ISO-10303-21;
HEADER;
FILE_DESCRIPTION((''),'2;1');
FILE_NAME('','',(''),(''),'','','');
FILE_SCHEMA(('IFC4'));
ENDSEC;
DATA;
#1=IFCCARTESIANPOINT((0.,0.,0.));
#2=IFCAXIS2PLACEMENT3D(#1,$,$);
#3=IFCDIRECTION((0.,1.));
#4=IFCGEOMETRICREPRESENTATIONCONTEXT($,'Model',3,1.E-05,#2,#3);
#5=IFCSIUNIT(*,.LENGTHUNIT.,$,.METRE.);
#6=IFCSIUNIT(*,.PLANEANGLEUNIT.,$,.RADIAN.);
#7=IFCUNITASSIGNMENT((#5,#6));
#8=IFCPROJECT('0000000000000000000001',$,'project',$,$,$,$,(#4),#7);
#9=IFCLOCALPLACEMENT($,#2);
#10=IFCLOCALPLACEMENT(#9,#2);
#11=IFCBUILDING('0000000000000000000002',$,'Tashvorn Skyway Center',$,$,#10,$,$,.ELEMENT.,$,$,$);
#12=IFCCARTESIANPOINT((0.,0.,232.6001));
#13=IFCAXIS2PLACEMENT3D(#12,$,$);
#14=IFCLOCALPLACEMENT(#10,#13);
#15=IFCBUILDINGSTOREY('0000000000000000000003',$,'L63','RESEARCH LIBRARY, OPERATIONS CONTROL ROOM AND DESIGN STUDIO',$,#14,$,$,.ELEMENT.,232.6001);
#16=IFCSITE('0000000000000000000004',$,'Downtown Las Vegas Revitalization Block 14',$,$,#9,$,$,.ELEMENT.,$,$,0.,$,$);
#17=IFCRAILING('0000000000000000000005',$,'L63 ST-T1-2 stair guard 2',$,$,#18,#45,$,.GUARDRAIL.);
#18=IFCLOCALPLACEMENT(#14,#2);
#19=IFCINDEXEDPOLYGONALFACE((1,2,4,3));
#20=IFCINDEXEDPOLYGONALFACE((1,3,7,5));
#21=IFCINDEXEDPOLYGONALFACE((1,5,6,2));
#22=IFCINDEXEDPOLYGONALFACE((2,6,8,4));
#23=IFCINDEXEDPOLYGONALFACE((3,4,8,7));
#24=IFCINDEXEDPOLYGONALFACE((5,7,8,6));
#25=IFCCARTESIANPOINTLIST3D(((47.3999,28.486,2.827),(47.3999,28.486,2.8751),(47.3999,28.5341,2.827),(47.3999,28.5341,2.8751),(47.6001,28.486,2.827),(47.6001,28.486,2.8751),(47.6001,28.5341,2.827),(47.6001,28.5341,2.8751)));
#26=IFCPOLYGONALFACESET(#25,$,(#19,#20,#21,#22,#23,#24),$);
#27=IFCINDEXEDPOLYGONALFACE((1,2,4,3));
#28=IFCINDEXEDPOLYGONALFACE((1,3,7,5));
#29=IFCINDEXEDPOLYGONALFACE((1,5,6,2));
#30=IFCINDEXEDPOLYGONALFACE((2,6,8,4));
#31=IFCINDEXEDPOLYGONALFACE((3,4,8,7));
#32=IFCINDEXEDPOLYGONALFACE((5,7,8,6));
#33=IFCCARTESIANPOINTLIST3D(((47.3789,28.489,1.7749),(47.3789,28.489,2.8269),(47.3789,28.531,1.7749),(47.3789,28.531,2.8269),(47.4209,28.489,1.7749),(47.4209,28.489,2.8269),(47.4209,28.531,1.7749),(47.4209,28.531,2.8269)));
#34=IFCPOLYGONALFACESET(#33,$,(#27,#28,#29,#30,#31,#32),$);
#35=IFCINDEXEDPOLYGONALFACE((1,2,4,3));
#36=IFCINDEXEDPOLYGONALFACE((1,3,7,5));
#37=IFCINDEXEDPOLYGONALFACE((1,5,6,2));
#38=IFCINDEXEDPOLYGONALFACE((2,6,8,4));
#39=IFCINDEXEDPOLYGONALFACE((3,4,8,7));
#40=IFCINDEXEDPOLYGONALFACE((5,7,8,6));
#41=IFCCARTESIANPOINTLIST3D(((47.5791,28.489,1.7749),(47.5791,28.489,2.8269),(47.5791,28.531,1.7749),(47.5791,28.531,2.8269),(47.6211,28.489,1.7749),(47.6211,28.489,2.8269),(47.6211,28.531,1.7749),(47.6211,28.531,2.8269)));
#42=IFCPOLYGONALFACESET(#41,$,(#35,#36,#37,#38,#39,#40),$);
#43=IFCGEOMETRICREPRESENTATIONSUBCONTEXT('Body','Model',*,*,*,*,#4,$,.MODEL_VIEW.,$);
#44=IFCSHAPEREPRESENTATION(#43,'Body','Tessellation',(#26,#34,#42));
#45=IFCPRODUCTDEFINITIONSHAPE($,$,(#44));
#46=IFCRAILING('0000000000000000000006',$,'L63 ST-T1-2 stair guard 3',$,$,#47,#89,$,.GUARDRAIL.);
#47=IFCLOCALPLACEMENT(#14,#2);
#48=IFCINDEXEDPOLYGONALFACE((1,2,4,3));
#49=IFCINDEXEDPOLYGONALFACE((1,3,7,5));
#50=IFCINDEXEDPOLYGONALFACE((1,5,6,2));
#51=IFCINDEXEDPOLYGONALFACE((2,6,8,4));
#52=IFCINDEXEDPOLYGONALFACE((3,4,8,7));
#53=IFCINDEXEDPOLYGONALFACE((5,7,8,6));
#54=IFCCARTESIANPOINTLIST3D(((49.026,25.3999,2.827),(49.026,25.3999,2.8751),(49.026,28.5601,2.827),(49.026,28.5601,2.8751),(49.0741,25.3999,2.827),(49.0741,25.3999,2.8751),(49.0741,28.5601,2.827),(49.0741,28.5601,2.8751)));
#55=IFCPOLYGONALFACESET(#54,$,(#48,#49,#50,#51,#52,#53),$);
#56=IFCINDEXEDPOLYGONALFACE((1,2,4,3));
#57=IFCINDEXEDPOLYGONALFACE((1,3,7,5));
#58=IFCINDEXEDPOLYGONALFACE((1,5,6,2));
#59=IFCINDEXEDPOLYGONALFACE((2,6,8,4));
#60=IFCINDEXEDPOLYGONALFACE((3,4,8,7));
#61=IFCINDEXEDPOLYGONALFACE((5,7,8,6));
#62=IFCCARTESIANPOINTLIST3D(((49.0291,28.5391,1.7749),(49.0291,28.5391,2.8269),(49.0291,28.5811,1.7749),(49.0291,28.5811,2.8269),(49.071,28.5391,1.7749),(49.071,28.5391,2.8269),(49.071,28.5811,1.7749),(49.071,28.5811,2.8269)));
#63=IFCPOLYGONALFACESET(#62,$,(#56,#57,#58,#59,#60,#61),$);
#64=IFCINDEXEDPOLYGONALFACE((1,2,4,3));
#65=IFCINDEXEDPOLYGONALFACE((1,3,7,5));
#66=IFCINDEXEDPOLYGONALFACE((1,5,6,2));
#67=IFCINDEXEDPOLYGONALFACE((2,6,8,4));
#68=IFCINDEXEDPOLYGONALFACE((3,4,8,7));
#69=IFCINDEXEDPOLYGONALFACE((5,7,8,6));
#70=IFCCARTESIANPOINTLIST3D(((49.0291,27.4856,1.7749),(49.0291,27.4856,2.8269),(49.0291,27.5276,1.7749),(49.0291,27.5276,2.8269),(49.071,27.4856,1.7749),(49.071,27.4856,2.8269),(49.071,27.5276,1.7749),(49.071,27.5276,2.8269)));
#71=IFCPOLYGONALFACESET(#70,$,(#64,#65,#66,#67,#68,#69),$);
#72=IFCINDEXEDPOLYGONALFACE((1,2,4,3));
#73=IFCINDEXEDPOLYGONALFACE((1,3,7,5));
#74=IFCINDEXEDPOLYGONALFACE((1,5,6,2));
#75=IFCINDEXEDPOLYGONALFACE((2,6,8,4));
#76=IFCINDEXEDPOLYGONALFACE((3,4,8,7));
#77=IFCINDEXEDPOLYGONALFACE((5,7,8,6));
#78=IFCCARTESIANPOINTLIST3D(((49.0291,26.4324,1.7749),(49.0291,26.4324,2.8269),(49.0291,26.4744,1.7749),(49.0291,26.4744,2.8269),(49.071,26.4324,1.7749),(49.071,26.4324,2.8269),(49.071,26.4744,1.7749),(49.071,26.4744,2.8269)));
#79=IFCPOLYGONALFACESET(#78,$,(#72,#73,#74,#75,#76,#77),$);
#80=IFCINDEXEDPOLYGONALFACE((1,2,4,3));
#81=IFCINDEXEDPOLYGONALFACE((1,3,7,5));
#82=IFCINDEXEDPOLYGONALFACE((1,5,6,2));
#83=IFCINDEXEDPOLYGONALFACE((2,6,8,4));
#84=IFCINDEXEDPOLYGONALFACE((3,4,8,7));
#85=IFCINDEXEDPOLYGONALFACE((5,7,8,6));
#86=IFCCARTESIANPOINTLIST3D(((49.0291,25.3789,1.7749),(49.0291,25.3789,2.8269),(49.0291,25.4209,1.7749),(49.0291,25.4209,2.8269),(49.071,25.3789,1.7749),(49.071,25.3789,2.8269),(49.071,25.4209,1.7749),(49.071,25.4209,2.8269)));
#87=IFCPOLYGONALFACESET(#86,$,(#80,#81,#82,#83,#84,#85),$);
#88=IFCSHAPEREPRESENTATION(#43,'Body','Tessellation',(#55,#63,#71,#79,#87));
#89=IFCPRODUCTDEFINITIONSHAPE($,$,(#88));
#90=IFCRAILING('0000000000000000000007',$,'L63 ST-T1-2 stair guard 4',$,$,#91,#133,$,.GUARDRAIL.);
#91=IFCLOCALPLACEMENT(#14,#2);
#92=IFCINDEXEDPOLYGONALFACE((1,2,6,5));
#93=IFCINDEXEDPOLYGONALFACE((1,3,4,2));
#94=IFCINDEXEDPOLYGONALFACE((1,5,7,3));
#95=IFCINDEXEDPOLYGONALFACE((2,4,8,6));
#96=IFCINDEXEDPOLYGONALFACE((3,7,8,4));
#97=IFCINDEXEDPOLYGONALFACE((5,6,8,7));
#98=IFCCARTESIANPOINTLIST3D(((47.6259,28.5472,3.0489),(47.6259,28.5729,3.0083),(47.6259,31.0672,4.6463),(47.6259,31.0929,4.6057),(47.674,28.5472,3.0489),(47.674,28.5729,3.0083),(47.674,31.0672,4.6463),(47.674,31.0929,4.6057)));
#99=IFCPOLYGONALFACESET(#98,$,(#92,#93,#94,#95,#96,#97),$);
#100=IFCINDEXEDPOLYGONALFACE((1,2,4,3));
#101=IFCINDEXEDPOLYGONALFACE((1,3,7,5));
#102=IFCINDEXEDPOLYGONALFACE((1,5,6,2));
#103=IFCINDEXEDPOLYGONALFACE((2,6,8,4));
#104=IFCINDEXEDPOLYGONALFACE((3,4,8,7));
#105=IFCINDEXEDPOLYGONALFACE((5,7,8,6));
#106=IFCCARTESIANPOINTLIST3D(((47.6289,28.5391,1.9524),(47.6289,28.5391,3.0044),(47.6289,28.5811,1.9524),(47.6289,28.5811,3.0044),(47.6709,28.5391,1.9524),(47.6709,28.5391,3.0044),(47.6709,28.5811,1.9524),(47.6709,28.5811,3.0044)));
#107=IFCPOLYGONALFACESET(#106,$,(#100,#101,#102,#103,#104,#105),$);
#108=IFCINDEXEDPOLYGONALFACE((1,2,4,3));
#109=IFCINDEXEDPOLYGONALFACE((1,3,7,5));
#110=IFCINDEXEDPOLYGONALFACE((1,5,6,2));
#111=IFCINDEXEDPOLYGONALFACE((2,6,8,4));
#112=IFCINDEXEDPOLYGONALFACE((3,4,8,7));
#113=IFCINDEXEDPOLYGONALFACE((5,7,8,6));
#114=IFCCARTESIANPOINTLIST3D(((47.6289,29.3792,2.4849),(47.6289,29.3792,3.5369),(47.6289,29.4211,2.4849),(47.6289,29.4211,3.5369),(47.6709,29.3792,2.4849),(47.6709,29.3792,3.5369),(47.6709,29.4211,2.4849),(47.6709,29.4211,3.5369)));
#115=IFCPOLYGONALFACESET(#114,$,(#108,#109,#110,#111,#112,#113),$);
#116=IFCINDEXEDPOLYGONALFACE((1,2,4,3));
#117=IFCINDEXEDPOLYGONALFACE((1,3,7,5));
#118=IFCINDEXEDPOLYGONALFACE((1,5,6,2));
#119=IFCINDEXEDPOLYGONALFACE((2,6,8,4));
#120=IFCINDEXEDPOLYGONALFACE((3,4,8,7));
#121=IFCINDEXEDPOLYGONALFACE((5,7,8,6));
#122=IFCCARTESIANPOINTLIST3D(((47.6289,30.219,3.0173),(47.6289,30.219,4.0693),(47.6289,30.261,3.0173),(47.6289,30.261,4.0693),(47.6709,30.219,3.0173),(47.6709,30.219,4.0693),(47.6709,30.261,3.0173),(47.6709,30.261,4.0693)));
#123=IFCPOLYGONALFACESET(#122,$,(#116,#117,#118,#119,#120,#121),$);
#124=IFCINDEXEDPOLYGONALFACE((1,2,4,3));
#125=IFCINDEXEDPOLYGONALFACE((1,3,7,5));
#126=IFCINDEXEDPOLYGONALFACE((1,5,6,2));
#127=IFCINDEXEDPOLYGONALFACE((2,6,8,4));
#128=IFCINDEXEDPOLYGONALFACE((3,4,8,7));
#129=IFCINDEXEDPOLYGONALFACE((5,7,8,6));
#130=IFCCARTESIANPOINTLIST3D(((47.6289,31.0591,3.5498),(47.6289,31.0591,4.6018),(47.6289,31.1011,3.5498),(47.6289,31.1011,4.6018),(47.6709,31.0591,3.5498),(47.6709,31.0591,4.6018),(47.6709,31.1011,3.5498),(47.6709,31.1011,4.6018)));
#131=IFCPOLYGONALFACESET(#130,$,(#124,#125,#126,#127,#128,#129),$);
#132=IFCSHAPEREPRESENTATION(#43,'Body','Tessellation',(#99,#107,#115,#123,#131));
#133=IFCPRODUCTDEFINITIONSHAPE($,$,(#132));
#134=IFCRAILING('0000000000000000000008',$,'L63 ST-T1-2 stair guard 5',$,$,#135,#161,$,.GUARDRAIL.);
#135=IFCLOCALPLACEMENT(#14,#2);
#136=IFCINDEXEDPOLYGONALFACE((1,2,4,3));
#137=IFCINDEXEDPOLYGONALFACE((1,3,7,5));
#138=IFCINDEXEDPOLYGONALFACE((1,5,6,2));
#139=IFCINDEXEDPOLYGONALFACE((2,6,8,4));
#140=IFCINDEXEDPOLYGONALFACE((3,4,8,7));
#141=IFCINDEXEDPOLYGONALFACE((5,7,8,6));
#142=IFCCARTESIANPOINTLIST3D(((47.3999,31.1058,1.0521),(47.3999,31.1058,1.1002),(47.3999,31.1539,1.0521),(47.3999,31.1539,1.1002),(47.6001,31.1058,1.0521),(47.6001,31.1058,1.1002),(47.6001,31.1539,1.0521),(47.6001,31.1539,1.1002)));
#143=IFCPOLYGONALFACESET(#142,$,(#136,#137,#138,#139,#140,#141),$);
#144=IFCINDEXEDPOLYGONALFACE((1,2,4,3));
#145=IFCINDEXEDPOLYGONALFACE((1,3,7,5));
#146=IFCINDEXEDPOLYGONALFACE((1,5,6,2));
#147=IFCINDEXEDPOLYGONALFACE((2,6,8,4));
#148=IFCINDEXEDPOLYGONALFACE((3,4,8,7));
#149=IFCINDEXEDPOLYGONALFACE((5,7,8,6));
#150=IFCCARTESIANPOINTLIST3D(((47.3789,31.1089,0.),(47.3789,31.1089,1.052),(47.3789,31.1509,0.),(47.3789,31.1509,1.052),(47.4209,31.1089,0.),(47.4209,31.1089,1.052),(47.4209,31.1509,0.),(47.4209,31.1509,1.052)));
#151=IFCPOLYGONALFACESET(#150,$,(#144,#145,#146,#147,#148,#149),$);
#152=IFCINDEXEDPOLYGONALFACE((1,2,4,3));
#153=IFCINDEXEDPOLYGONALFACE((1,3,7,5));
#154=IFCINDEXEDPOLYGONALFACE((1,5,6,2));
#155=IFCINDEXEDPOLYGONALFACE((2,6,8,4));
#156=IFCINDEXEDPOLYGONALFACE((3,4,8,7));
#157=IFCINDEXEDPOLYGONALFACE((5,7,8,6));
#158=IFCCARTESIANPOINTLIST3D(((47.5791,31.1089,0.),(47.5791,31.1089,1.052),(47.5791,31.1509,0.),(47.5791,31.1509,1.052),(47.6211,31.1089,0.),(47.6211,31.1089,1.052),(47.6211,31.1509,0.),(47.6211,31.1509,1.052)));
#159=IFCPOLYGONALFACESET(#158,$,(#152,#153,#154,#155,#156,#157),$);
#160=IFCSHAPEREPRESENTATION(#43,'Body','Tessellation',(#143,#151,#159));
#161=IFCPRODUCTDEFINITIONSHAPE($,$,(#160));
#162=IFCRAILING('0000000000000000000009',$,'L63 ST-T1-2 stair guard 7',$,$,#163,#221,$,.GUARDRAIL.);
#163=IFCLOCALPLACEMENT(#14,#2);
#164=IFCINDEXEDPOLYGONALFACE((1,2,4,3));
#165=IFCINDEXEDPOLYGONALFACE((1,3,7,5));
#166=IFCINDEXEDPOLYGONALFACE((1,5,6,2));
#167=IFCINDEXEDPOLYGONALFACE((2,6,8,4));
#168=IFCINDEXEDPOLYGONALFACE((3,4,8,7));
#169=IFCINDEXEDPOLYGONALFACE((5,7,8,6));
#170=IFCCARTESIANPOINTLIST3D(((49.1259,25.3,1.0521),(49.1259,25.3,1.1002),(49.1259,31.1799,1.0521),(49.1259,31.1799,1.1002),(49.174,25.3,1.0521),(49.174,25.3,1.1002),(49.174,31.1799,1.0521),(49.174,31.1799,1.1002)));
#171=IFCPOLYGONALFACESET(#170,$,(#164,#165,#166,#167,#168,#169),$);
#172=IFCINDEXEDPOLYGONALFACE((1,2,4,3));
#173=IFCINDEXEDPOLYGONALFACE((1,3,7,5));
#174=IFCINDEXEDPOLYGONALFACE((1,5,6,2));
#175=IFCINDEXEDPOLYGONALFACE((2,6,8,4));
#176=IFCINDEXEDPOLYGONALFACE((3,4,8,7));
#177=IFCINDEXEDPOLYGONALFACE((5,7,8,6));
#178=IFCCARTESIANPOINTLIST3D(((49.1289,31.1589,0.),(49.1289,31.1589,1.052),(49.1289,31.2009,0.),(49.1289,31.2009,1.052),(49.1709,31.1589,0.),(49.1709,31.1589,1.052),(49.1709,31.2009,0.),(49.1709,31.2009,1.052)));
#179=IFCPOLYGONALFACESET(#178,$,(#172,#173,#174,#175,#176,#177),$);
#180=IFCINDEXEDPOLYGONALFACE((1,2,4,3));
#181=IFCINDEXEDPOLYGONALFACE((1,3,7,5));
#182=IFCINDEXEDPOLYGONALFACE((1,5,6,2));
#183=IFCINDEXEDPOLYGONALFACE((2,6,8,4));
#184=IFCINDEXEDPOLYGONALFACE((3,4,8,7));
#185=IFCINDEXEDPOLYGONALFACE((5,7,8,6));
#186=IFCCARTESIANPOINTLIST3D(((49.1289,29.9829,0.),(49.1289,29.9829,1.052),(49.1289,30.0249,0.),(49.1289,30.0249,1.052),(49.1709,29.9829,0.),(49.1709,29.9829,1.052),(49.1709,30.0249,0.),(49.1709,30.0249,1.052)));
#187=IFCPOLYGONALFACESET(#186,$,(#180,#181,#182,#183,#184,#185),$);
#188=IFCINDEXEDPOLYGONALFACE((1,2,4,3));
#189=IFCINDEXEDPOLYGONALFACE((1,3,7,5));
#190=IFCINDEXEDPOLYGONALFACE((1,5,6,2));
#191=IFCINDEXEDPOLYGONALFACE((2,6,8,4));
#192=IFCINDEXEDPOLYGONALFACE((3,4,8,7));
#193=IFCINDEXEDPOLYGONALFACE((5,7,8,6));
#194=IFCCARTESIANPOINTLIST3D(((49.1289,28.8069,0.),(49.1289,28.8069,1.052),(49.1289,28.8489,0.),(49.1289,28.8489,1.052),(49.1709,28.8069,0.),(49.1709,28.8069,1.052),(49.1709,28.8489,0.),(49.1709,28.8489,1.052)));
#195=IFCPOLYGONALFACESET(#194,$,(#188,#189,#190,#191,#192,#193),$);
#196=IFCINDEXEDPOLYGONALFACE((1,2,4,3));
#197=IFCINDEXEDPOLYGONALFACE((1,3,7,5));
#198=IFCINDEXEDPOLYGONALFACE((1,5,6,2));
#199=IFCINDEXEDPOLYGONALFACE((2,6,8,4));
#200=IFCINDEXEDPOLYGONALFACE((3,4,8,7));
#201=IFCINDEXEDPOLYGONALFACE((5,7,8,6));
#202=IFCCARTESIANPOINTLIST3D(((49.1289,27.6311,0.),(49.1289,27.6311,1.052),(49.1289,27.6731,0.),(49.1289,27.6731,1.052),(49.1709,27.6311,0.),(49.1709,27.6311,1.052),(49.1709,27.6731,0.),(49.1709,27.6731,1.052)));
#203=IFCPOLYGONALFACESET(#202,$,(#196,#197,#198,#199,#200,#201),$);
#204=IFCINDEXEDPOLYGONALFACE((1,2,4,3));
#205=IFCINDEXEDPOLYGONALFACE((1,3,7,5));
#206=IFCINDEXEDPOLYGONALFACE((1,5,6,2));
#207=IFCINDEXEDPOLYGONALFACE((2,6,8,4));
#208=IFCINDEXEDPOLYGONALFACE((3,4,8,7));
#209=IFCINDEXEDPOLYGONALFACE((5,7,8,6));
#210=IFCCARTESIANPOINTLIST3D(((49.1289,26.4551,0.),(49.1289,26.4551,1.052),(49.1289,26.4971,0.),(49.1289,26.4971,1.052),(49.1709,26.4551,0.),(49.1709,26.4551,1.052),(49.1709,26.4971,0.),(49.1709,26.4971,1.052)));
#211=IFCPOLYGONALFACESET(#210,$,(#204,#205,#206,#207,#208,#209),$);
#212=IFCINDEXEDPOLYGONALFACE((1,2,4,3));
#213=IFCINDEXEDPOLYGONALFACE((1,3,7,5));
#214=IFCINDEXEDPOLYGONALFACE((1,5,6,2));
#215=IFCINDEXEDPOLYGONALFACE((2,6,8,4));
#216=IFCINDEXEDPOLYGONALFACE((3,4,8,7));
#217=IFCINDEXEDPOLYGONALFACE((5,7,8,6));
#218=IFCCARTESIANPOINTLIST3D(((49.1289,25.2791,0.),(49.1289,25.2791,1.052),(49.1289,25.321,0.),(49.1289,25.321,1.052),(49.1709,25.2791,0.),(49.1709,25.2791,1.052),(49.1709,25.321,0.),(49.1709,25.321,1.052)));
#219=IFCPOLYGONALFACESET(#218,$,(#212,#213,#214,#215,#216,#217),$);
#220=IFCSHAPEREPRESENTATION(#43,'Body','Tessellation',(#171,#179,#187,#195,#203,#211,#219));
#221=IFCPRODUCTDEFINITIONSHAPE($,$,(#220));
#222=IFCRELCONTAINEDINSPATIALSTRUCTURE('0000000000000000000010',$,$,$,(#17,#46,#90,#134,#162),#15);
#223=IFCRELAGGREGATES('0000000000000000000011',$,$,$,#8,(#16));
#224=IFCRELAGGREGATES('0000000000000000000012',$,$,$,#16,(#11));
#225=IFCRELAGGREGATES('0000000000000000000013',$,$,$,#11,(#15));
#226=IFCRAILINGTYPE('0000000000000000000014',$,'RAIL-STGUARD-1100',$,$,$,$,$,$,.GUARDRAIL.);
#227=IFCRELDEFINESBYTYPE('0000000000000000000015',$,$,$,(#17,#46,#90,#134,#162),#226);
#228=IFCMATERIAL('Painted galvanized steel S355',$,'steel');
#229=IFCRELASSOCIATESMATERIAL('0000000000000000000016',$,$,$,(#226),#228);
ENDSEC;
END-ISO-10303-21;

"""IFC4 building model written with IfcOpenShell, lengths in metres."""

from ifc_helpers import new_model, si_unit, direction, frame, origin, origin_2d, place, context, subcontext, project, spatial, rectangle, extrude, material, type_object, element, save


model = new_model("IFC4")

# Units and contexts
model_context = context("Model", 3, precision=1e-05, world=origin(), true_north=direction((0.0, 1.0)))
body_context = subcontext(model_context, "Body", "Model", "MODEL_VIEW")
ifc_project = project(units=[si_unit("LENGTHUNIT", "METRE"), si_unit("PLANEANGLEUNIT", "RADIAN")], contexts=[model_context])

# Site, building, storey
site_placement = place(None, origin())
site = spatial("IfcSite", under=ifc_project, at=site_placement, Name="Downtown Las Vegas Revitalization Block 14", CompositionType="ELEMENT", RefElevation=0.0)
building_placement = place(site_placement, origin())
building = spatial("IfcBuilding", under=site, at=building_placement, Name="Tashvorn Skyway Center", CompositionType="ELEMENT")
storey_placement = place(building_placement, frame((0.0, 0.0, 232.6001)))
storey = spatial("IfcBuildingStorey", under=building, at=storey_placement, Name="L63", Description="RESEARCH LIBRARY, OPERATIONS CONTROL ROOM AND DESIGN STUDIO", CompositionType="ELEMENT", Elevation=232.6001)

# Railings
ifc_material_1 = material(Name="Painted galvanized steel S355", Category="steel")
railing_type_1 = type_object("IfcRailingType", Name="RAIL-STGUARD-1100", PredefinedType="GUARDRAIL", material=ifc_material_1)
railing_1_placement = place(storey_placement, frame((47.3999, 28.51, 1.7749)))
element("IfcRailing", 1, at=railing_1_placement, inside=storey, type_object=railing_type_1, Name="L63 ST-T1-2 stair guard 2", PredefinedType="GUARDRAIL", context=body_context, shape_type="SweptSolid", body=[
    extrude(rectangle(XDim=0.0481, YDim=0.0481, at=origin_2d()), frame((0.0, 0.0, 1.0762), z_axis=(1.0, 0.0, 0.0), x_axis=(0.0, 1.0, 0.0)), (0.0, 0.0, 1.0), 0.2002),
    extrude(rectangle(XDim=0.042, YDim=0.042, at=origin_2d()), origin(), (0.0, 0.0, 1.0), 1.052),
    extrude(rectangle(XDim=0.042, YDim=0.042, at=origin_2d()), frame((0.2002, 0.0, 0.0)), (0.0, 0.0, 1.0), 1.052),
])
railing_2_placement = place(storey_placement, frame((49.05, 28.5601, 1.7749)))
element("IfcRailing", 2, at=railing_2_placement, inside=storey, type_object=railing_type_1, Name="L63 ST-T1-2 stair guard 3", PredefinedType="GUARDRAIL", context=body_context, shape_type="SweptSolid", body=[
    extrude(rectangle(XDim=0.0481, YDim=0.0481, at=origin_2d()), frame((0.0, 0.0, 1.0762), z_axis=(0.0, -1.0, 0.0), x_axis=(1.0, 0.0, 0.0)), (0.0, 0.0, 1.0), 3.1602),
    extrude(rectangle(XDim=0.042, YDim=0.042, at=origin_2d()), origin(), (0.0, 0.0, 1.0), 1.052),
    extrude(rectangle(XDim=0.042, YDim=0.042, at=origin_2d()), frame((0.0, -1.0535, 0.0)), (0.0, 0.0, 1.0), 1.052),
    extrude(rectangle(XDim=0.042, YDim=0.042, at=origin_2d()), frame((0.0, -2.1067, 0.0)), (0.0, 0.0, 1.0), 1.052),
    extrude(rectangle(XDim=0.042, YDim=0.042, at=origin_2d()), frame((0.0, -3.1602, 0.0)), (0.0, 0.0, 1.0), 1.052),
])
railing_3_placement = place(storey_placement, frame((47.6499, 28.5601, 1.9524)))
element("IfcRailing", 3, at=railing_3_placement, inside=storey, type_object=railing_type_1, Name="L63 ST-T1-2 stair guard 4", PredefinedType="GUARDRAIL", context=body_context, shape_type="SweptSolid", body=[
    extrude(rectangle(XDim=0.0481, YDim=0.0481, at=origin_2d()), frame((0.0, 0.0, 1.0762), z_axis=(0.0, 0.844607, 0.535387), x_axis=(-1.0, 0.0, 0.0)), (0.0, 0.0, 1.0), 2.9836),
    extrude(rectangle(XDim=0.042, YDim=0.042, at=origin_2d()), origin(), (0.0, 0.0, 1.0), 1.052),
    extrude(rectangle(XDim=0.042, YDim=0.042, at=origin_2d()), frame((0.0, 0.8401, 0.5325)), (0.0, 0.0, 1.0), 1.052),
    extrude(rectangle(XDim=0.042, YDim=0.042, at=origin_2d()), frame((0.0, 1.6799, 1.0649)), (0.0, 0.0, 1.0), 1.052),
    extrude(rectangle(XDim=0.042, YDim=0.042, at=origin_2d()), frame((0.0, 2.52, 1.5974)), (0.0, 0.0, 1.0), 1.052),
])
railing_4_placement = place(storey_placement, frame((47.3999, 31.1299, 0.0)))
element("IfcRailing", 4, at=railing_4_placement, inside=storey, type_object=railing_type_1, Name="L63 ST-T1-2 stair guard 5", PredefinedType="GUARDRAIL", context=body_context, shape_type="SweptSolid", body=[
    extrude(rectangle(XDim=0.0481, YDim=0.0481, at=origin_2d()), frame((0.0, 0.0, 1.0762), z_axis=(1.0, 0.0, 0.0), x_axis=(0.0, 1.0, 0.0)), (0.0, 0.0, 1.0), 0.2002),
    extrude(rectangle(XDim=0.042, YDim=0.042, at=origin_2d()), origin(), (0.0, 0.0, 1.0), 1.052),
    extrude(rectangle(XDim=0.042, YDim=0.042, at=origin_2d()), frame((0.2002, 0.0, 0.0)), (0.0, 0.0, 1.0), 1.052),
])
railing_5_placement = place(storey_placement, frame((49.1499, 31.1799, 0.0)))
element("IfcRailing", 5, at=railing_5_placement, inside=storey, type_object=railing_type_1, Name="L63 ST-T1-2 stair guard 7", PredefinedType="GUARDRAIL", context=body_context, shape_type="SweptSolid", body=[
    extrude(rectangle(XDim=0.0481, YDim=0.0481, at=origin_2d()), frame((0.0, 0.0, 1.0762), z_axis=(0.0, -1.0, 0.0), x_axis=(1.0, 0.0, 0.0)), (0.0, 0.0, 1.0), 5.8799),
    extrude(rectangle(XDim=0.042, YDim=0.042, at=origin_2d()), origin(), (0.0, 0.0, 1.0), 1.052),
    extrude(rectangle(XDim=0.042, YDim=0.042, at=origin_2d()), frame((0.0, -1.176, 0.0)), (0.0, 0.0, 1.0), 1.052),
    extrude(rectangle(XDim=0.042, YDim=0.042, at=origin_2d()), frame((0.0, -2.3521, 0.0)), (0.0, 0.0, 1.0), 1.052),
    extrude(rectangle(XDim=0.042, YDim=0.042, at=origin_2d()), frame((0.0, -3.5278, 0.0)), (0.0, 0.0, 1.0), 1.052),
    extrude(rectangle(XDim=0.042, YDim=0.042, at=origin_2d()), frame((0.0, -4.7039, 0.0)), (0.0, 0.0, 1.0), 1.052),
    extrude(rectangle(XDim=0.042, YDim=0.042, at=origin_2d()), frame((0.0, -5.8799, 0.0)), (0.0, 0.0, 1.0), 1.052),
])

save(model, "model.ifc")
